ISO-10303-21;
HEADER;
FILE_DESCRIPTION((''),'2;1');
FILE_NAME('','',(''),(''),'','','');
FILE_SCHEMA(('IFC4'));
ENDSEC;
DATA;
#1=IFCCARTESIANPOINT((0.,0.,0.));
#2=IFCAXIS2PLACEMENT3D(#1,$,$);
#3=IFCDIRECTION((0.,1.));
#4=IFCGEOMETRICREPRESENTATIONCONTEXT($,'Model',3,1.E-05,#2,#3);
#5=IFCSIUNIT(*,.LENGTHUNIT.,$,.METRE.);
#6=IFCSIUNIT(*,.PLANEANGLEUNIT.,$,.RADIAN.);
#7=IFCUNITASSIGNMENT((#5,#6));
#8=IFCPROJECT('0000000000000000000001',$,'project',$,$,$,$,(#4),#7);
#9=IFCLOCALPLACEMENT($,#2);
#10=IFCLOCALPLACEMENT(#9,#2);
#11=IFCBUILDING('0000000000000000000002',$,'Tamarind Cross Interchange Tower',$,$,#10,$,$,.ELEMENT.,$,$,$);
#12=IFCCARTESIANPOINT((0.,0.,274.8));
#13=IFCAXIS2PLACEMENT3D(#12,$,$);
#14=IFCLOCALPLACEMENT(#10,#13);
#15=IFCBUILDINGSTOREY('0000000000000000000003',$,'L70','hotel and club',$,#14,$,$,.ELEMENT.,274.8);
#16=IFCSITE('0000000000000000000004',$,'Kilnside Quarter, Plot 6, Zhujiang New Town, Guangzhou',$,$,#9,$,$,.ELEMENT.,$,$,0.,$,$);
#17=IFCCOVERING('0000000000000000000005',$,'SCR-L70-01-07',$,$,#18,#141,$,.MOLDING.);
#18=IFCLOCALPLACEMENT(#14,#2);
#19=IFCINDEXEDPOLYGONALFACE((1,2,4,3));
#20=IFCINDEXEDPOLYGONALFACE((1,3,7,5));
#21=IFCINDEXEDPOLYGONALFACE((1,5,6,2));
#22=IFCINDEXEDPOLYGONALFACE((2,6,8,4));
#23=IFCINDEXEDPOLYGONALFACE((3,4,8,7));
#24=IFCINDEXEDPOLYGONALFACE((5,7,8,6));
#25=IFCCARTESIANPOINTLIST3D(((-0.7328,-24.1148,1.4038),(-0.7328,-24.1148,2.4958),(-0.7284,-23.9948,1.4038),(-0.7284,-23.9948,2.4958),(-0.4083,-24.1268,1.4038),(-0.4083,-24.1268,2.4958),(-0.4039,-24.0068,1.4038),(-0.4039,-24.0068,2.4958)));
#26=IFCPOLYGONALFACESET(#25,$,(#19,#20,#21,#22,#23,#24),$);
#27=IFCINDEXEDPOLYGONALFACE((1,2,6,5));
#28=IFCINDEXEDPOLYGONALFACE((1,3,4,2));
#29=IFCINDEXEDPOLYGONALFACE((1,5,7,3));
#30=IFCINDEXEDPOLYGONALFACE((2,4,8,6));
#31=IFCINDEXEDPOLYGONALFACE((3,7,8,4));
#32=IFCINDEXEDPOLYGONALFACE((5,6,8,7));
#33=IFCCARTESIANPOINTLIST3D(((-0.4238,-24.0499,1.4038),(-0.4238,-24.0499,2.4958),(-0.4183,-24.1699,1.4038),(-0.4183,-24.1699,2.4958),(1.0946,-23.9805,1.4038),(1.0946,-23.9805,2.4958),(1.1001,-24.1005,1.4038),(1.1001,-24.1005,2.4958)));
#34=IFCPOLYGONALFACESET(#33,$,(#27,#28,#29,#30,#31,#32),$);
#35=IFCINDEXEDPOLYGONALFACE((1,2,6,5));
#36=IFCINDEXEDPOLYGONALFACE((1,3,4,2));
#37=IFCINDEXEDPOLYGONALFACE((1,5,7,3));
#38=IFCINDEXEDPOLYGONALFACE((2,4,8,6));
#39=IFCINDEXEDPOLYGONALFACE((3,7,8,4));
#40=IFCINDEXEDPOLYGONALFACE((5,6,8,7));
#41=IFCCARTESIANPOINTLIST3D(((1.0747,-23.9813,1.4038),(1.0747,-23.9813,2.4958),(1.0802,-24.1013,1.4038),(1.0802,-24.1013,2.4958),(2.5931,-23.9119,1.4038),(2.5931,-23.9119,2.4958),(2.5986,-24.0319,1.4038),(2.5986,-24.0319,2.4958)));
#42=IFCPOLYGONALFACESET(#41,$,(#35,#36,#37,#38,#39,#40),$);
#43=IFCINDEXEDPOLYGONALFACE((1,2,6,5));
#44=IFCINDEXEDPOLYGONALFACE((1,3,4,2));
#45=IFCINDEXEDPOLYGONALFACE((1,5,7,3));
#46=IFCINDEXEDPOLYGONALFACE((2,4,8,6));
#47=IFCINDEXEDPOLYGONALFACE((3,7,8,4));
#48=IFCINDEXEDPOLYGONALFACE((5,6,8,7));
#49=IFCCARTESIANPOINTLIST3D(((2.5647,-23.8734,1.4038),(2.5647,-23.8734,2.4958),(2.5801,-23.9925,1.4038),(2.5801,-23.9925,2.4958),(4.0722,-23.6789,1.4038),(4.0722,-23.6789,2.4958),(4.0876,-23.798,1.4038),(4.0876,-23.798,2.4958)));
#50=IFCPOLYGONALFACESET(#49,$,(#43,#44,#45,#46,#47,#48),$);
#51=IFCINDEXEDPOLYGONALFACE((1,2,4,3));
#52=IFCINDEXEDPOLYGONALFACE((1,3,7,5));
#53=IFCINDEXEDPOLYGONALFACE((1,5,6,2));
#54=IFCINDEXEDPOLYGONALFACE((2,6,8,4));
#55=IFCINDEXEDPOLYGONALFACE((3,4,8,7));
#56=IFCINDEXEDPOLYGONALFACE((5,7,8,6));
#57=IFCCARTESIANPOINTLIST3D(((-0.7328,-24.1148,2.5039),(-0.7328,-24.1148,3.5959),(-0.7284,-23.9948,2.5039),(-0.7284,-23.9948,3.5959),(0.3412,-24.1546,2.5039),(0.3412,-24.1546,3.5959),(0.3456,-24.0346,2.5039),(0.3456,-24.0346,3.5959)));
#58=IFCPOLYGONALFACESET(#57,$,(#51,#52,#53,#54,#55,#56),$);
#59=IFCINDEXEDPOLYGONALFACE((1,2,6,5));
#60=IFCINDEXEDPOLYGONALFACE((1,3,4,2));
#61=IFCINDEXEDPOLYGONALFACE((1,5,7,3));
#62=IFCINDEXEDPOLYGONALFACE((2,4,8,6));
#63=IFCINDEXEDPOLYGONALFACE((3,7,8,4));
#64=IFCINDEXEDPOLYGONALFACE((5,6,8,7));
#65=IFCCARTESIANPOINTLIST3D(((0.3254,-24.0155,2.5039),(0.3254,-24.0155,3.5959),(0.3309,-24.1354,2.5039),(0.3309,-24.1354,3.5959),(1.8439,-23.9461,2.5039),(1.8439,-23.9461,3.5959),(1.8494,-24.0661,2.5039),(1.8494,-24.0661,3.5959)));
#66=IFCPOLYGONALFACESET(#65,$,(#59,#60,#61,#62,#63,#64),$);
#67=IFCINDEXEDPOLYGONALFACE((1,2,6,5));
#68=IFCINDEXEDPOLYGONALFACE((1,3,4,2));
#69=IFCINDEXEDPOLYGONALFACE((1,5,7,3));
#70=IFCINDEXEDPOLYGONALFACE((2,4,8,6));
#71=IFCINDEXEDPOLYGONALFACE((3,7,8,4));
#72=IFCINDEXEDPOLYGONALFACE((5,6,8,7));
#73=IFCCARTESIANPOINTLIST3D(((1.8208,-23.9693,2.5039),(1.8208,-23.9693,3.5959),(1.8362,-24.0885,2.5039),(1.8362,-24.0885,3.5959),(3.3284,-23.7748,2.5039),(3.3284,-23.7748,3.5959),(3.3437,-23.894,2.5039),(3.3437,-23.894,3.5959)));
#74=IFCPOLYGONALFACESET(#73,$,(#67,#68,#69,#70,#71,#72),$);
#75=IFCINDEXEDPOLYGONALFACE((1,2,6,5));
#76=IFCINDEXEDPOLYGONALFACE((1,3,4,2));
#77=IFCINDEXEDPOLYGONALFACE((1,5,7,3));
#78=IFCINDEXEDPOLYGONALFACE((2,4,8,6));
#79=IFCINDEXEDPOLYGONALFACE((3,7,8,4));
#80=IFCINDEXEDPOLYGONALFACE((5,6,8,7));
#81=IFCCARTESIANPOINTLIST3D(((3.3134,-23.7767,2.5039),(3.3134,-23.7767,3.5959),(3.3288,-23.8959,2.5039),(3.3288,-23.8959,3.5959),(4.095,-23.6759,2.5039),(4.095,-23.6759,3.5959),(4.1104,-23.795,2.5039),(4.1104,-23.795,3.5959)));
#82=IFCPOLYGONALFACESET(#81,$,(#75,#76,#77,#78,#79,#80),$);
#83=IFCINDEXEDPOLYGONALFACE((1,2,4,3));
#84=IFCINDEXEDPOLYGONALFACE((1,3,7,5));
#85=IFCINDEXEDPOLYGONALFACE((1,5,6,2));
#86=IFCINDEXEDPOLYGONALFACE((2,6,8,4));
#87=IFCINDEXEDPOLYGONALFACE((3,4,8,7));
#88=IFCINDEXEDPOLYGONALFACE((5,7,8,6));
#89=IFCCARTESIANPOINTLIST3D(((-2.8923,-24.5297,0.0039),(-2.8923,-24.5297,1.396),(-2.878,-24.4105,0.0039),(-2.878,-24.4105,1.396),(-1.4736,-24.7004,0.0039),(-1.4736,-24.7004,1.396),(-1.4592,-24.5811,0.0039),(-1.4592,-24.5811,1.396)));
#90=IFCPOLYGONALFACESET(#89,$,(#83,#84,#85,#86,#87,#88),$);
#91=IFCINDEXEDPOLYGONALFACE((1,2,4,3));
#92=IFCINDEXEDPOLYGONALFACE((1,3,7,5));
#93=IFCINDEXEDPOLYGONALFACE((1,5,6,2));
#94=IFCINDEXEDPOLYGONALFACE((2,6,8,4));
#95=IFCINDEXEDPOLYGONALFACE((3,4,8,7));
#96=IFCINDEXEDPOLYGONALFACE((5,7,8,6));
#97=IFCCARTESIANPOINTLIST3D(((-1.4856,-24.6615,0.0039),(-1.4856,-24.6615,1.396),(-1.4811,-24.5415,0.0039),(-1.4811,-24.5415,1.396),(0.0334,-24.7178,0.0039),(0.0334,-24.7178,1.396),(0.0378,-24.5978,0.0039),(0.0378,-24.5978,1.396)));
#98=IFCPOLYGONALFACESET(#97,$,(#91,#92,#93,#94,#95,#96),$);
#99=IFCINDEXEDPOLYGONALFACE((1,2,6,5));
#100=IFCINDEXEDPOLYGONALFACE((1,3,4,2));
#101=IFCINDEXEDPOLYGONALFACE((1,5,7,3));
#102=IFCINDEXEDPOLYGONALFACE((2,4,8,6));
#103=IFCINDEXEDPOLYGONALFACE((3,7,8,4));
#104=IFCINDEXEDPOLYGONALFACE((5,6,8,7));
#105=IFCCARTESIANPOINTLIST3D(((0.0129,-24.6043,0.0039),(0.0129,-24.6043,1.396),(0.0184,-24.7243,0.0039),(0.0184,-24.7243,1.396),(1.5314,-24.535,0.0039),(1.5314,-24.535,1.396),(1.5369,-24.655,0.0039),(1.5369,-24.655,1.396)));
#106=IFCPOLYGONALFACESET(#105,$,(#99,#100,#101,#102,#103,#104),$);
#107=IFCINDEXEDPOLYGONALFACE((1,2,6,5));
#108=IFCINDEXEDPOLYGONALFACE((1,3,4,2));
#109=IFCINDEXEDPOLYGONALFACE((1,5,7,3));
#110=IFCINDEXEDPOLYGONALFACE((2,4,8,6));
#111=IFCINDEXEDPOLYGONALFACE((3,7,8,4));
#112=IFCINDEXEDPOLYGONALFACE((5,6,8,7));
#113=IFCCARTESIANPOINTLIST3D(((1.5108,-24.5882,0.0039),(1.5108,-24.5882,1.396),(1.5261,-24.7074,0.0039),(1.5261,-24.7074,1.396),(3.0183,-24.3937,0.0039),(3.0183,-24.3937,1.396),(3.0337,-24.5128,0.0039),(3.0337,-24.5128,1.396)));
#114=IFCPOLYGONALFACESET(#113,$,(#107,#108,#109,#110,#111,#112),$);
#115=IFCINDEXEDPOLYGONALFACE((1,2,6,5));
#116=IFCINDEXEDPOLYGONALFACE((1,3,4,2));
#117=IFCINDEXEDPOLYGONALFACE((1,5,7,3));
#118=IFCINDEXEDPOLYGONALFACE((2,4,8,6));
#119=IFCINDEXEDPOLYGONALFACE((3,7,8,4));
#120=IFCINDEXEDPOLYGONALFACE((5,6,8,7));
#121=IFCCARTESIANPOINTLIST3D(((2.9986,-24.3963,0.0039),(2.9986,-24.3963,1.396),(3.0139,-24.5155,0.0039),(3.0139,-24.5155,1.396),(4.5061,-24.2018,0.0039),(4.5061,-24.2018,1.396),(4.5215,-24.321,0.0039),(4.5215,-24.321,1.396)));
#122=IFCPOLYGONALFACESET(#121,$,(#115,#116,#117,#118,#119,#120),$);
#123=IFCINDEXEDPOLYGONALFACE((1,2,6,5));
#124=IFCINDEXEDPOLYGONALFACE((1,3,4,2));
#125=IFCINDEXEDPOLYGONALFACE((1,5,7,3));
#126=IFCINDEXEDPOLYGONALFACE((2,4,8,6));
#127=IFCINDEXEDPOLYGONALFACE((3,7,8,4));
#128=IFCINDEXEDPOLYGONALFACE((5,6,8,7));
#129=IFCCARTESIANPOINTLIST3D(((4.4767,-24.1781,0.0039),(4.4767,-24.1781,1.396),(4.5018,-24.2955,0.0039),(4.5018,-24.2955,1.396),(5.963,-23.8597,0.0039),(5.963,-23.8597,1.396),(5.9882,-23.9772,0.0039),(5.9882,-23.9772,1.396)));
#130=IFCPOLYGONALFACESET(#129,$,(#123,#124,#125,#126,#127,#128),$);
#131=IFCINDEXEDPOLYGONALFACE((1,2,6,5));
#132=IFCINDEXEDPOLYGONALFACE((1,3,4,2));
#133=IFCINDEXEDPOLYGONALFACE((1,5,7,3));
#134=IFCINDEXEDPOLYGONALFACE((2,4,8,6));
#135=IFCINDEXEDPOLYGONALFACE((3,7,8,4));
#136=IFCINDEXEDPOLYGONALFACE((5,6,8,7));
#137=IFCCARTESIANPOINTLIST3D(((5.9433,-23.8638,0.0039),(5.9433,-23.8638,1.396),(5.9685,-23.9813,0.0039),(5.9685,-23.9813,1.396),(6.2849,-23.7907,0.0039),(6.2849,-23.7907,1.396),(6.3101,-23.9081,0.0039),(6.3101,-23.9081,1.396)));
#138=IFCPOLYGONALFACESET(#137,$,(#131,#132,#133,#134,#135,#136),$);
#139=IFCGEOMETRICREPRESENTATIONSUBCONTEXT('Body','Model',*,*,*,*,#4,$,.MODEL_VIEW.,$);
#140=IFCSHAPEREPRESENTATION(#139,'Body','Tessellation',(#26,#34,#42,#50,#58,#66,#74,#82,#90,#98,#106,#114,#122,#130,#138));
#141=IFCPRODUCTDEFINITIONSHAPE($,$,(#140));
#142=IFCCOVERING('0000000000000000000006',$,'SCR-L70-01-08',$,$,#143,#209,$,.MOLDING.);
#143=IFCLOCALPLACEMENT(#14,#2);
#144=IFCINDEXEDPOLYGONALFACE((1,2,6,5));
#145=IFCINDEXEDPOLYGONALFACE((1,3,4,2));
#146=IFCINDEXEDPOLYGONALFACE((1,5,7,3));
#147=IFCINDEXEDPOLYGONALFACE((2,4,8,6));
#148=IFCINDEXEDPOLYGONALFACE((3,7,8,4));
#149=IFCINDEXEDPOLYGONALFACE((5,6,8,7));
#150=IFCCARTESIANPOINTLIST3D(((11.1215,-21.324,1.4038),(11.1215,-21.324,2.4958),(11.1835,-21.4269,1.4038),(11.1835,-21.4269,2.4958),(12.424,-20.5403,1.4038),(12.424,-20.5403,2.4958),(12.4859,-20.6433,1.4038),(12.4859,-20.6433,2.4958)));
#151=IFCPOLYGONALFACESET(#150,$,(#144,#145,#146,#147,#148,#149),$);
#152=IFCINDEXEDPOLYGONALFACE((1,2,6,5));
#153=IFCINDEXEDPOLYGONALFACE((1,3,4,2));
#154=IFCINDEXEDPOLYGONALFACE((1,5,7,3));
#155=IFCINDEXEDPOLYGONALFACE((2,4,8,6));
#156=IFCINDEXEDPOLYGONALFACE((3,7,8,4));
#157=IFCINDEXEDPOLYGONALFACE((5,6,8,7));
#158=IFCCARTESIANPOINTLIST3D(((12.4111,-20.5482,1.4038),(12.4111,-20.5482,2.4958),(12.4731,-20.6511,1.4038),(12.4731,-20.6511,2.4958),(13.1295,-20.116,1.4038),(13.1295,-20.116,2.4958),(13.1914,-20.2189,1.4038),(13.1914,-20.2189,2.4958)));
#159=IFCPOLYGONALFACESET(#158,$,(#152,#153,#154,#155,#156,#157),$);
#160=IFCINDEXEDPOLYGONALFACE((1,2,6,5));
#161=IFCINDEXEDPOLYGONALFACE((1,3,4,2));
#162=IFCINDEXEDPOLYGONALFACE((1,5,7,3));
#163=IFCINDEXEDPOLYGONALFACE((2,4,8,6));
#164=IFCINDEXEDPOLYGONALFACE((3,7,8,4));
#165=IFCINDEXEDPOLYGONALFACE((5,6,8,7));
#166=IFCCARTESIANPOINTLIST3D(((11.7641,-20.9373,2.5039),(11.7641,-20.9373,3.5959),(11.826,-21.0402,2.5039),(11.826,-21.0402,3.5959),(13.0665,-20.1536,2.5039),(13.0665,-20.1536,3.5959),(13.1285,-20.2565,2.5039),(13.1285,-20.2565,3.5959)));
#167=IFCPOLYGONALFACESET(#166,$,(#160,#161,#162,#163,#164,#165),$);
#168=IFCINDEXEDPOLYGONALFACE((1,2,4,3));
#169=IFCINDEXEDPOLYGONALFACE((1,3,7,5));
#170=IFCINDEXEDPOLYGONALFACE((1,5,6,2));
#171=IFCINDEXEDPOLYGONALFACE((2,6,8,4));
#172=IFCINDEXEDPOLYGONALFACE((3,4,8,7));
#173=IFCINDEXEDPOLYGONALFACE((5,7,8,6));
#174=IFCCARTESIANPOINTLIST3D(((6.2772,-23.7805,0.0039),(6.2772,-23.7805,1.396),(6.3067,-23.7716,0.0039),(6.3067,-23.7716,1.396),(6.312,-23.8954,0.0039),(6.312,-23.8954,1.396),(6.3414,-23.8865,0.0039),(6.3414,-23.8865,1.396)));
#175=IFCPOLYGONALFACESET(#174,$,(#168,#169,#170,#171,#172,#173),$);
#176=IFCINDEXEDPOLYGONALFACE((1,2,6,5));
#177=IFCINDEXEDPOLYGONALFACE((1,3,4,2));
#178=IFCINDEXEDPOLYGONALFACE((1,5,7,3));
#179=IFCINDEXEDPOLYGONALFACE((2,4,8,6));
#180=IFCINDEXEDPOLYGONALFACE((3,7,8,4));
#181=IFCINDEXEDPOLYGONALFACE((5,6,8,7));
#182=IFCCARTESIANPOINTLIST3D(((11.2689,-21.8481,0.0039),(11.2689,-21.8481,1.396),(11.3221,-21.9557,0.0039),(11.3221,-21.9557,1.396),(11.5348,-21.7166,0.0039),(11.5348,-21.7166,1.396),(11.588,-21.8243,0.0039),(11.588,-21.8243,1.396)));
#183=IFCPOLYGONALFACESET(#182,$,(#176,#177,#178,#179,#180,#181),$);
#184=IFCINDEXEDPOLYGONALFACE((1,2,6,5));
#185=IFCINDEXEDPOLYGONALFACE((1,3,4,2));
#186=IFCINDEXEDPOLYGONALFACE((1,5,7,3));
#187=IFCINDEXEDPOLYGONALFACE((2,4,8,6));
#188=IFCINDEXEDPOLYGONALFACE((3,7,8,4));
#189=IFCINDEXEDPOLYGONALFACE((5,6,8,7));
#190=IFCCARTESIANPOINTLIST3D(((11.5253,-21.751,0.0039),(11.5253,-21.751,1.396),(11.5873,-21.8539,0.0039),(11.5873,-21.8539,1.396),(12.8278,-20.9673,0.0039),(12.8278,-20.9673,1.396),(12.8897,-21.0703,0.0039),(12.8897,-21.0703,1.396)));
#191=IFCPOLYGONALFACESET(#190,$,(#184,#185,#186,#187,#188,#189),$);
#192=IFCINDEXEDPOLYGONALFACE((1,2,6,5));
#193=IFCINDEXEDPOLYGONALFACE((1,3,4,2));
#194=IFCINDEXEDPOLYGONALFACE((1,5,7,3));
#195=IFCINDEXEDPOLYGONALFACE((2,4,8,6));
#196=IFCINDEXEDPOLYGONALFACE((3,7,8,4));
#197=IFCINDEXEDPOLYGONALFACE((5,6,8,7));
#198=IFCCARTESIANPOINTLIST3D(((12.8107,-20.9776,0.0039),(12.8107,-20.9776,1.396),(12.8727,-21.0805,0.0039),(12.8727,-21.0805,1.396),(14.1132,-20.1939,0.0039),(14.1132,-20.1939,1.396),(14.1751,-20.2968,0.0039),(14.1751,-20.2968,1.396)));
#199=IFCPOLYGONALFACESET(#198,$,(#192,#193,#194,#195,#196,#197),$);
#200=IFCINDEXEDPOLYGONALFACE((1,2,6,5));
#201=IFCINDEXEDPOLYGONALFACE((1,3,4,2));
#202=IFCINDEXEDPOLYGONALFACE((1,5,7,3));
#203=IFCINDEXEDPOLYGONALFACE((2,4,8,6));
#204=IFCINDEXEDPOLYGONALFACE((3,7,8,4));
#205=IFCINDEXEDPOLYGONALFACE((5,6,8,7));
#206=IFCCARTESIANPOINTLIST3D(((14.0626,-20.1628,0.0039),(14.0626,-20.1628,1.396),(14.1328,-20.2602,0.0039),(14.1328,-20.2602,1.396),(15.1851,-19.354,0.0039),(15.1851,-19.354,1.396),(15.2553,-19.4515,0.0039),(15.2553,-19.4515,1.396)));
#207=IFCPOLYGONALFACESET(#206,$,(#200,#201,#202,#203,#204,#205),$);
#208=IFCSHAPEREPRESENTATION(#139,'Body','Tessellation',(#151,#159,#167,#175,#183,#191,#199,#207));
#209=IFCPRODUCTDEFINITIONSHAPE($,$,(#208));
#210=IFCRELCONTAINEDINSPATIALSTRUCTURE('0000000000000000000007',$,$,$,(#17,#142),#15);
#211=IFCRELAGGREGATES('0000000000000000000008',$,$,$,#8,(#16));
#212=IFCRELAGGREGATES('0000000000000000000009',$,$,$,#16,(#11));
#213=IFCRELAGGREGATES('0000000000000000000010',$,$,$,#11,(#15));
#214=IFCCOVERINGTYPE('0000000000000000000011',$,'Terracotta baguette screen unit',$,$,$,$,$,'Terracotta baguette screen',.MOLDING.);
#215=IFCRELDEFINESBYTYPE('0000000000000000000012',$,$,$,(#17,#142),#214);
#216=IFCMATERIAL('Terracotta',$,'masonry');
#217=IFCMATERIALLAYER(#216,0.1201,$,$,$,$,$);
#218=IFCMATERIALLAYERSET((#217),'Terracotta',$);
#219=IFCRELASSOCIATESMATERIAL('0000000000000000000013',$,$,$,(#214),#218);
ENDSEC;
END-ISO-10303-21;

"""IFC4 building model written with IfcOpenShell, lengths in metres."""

from ifc_helpers import new_model, si_unit, direction, frame, origin, origin_2d, place, context, subcontext, project, spatial, rectangle, extrude, material, layer, layer_set, type_object, element, save


model = new_model("IFC4")

# Units and contexts
model_context = context("Model", 3, precision=1e-05, world=origin(), true_north=direction((0.0, 1.0)))
body_context = subcontext(model_context, "Body", "Model", "MODEL_VIEW")
ifc_project = project(units=[si_unit("LENGTHUNIT", "METRE"), si_unit("PLANEANGLEUNIT", "RADIAN")], contexts=[model_context])

# Site, building, storey
site_placement = place(None, origin())
site = spatial("IfcSite", under=ifc_project, at=site_placement, Name="Kilnside Quarter, Plot 6, Zhujiang New Town, Guangzhou", CompositionType="ELEMENT", RefElevation=0.0)
building_placement = place(site_placement, origin())
building = spatial("IfcBuilding", under=site, at=building_placement, Name="Tamarind Cross Interchange Tower", CompositionType="ELEMENT")
storey_placement = place(building_placement, frame((0.0, 0.0, 274.8)))
storey = spatial("IfcBuildingStorey", under=building, at=storey_placement, Name="L70", Description="hotel and club", CompositionType="ELEMENT", Elevation=274.8)

# Coverings
ifc_material_1 = material(Name="Terracotta", Category="masonry")
ifc_layer_1 = layer(ifc_material_1, 0.1201)
ifc_layer_set_1 = layer_set([ifc_layer_1], Name="Terracotta")
covering_type = type_object("IfcCoveringType", Name="Terracotta baguette screen unit", ElementType="Terracotta baguette screen", PredefinedType="MOLDING", material=ifc_layer_set_1)
covering_1_placement = place(storey_placement, origin())
element("IfcCovering", 1, at=covering_1_placement, inside=storey, type_object=covering_type, Name="SCR-L70-01-07", PredefinedType="MOLDING", context=body_context, shape_type="SweptSolid", body=[
    extrude(rectangle(XDim=0.3247, YDim=0.1201, at=origin_2d()), frame((-0.5684, -24.0608, 1.4038), z_axis=(0.0, 0.0, 1.0), x_axis=(0.999314, -0.037025, 0.0)), (0.0, 0.0, 1.0), 1.092),
    extrude(rectangle(XDim=1.52, YDim=0.1201, at=origin_2d()), frame((0.3381, -24.0752, 1.4038), z_axis=(0.0, 0.0, 1.0), x_axis=(0.998959, 0.045624, 0.0)), (0.0, 0.0, 1.0), 1.092),
    extrude(rectangle(XDim=1.52, YDim=0.1201, at=origin_2d()), frame((1.8367, -24.0066, 1.4038), z_axis=(0.0, 0.0, 1.0), x_axis=(0.998959, 0.045624, 0.0)), (0.0, 0.0, 1.0), 1.092),
    extrude(rectangle(XDim=1.52, YDim=0.1201, at=origin_2d()), frame((3.3262, -23.8357, 1.4038), z_axis=(0.0, 0.0, 1.0), x_axis=(0.991779, 0.127962, 0.0)), (0.0, 0.0, 1.0), 1.092),
    extrude(rectangle(XDim=1.0747, YDim=0.1201, at=origin_2d()), frame((-0.1936, -24.0747, 2.5039), z_axis=(0.0, 0.0, 1.0), x_axis=(0.999314, -0.037025, 0.0)), (0.0, 0.0, 1.0), 1.092),
    extrude(rectangle(XDim=1.52, YDim=0.1201, at=origin_2d()), frame((1.0874, -24.0408, 2.5039), z_axis=(0.0, 0.0, 1.0), x_axis=(0.998959, 0.045624, 0.0)), (0.0, 0.0, 1.0), 1.092),
    extrude(rectangle(XDim=1.52, YDim=0.1201, at=origin_2d()), frame((2.5823, -23.9316, 2.5039), z_axis=(0.0, 0.0, 1.0), x_axis=(0.991779, 0.127962, 0.0)), (0.0, 0.0, 1.0), 1.092),
    extrude(rectangle(XDim=0.7881, YDim=0.1201, at=origin_2d()), frame((3.7119, -23.7859, 2.5039), z_axis=(0.0, 0.0, 1.0), x_axis=(0.991779, 0.127962, 0.0)), (0.0, 0.0, 1.0), 1.092),
    extrude(rectangle(XDim=1.429, YDim=0.1201, at=origin_2d()), frame((-2.1758, -24.5554, 0.0039), z_axis=(0.0, 0.0, 1.0), x_axis=(0.992844, -0.119421, 0.0)), (0.0, 0.0, 1.0), 1.3921),
    extrude(rectangle(XDim=1.52, YDim=0.1201, at=origin_2d()), frame((-0.7239, -24.6296, 0.0039), z_axis=(0.0, 0.0, 1.0), x_axis=(0.999314, -0.037025, 0.0)), (0.0, 0.0, 1.0), 1.3921),
    extrude(rectangle(XDim=1.52, YDim=0.1201, at=origin_2d()), frame((0.7749, -24.6296, 0.0039), z_axis=(0.0, 0.0, 1.0), x_axis=(0.998959, 0.045624, 0.0)), (0.0, 0.0, 1.0), 1.3921),
    extrude(rectangle(XDim=1.52, YDim=0.1201, at=origin_2d()), frame((2.2722, -24.5505, 0.0039), z_axis=(0.0, 0.0, 1.0), x_axis=(0.991779, 0.127962, 0.0)), (0.0, 0.0, 1.0), 1.3921),
    extrude(rectangle(XDim=1.52, YDim=0.1201, at=origin_2d()), frame((3.76, -24.3586, 0.0039), z_axis=(0.0, 0.0, 1.0), x_axis=(0.991779, 0.127962, 0.0)), (0.0, 0.0, 1.0), 1.3921),
    extrude(rectangle(XDim=1.52, YDim=0.1201, at=origin_2d()), frame((5.2324, -24.0776, 0.0039), z_axis=(0.0, 0.0, 1.0), x_axis=(0.977825, 0.209425, 0.0)), (0.0, 0.0, 1.0), 1.3921),
    extrude(rectangle(XDim=0.3494, YDim=0.1201, at=origin_2d()), frame((6.1267, -23.886, 0.0039), z_axis=(0.0, 0.0, 1.0), x_axis=(0.977825, 0.209425, 0.0)), (0.0, 0.0, 1.0), 1.3921),
])
covering_2_placement = place(storey_placement, origin())
element("IfcCovering", 2, at=covering_2_placement, inside=storey, type_object=covering_type, Name="SCR-L70-01-08", PredefinedType="MOLDING", context=body_context, shape_type="SweptSolid", body=[
    extrude(rectangle(XDim=1.52, YDim=0.1201, at=origin_2d()), frame((11.8037, -20.9836, 1.4038), z_axis=(0.0, 0.0, 1.0), x_axis=(0.856843, 0.515577, 0.0)), (0.0, 0.0, 1.0), 1.092),
    extrude(rectangle(XDim=0.8384, YDim=0.1201, at=origin_2d()), frame((12.8013, -20.3835, 1.4038), z_axis=(0.0, 0.0, 1.0), x_axis=(0.856843, 0.515577, 0.0)), (0.0, 0.0, 1.0), 1.092),
    extrude(rectangle(XDim=1.52, YDim=0.1201, at=origin_2d()), frame((12.4463, -20.5969, 2.5039), z_axis=(0.0, 0.0, 1.0), x_axis=(0.856843, 0.515577, 0.0)), (0.0, 0.0, 1.0), 1.092),
    extrude(rectangle(XDim=0.0308, YDim=0.1201, at=origin_2d()), frame((6.3093, -23.8335, 0.0039), z_axis=(0.0, 0.0, 1.0), x_axis=(0.957191, 0.289458, 0.0)), (0.0, 0.0, 1.0), 1.3921),
    extrude(rectangle(XDim=0.2966, YDim=0.1201, at=origin_2d()), frame((11.4285, -21.8362, 0.0039), z_axis=(0.0, 0.0, 1.0), x_axis=(0.896493, 0.443059, 0.0)), (0.0, 0.0, 1.0), 1.3921),
    extrude(rectangle(XDim=1.52, YDim=0.1201, at=origin_2d()), frame((12.2075, -21.4106, 0.0039), z_axis=(0.0, 0.0, 1.0), x_axis=(0.856843, 0.515577, 0.0)), (0.0, 0.0, 1.0), 1.3921),
    extrude(rectangle(XDim=1.52, YDim=0.1201, at=origin_2d()), frame((13.4929, -20.6372, 0.0039), z_axis=(0.0, 0.0, 1.0), x_axis=(0.856843, 0.515577, 0.0)), (0.0, 0.0, 1.0), 1.3921),
    extrude(rectangle(XDim=1.3835, YDim=0.1201, at=origin_2d()), frame((14.6589, -19.8071, 0.0039), z_axis=(0.0, 0.0, 1.0), x_axis=(0.81134, 0.584574, 0.0)), (0.0, 0.0, 1.0), 1.3921),
])

save(model, "model.ifc")
